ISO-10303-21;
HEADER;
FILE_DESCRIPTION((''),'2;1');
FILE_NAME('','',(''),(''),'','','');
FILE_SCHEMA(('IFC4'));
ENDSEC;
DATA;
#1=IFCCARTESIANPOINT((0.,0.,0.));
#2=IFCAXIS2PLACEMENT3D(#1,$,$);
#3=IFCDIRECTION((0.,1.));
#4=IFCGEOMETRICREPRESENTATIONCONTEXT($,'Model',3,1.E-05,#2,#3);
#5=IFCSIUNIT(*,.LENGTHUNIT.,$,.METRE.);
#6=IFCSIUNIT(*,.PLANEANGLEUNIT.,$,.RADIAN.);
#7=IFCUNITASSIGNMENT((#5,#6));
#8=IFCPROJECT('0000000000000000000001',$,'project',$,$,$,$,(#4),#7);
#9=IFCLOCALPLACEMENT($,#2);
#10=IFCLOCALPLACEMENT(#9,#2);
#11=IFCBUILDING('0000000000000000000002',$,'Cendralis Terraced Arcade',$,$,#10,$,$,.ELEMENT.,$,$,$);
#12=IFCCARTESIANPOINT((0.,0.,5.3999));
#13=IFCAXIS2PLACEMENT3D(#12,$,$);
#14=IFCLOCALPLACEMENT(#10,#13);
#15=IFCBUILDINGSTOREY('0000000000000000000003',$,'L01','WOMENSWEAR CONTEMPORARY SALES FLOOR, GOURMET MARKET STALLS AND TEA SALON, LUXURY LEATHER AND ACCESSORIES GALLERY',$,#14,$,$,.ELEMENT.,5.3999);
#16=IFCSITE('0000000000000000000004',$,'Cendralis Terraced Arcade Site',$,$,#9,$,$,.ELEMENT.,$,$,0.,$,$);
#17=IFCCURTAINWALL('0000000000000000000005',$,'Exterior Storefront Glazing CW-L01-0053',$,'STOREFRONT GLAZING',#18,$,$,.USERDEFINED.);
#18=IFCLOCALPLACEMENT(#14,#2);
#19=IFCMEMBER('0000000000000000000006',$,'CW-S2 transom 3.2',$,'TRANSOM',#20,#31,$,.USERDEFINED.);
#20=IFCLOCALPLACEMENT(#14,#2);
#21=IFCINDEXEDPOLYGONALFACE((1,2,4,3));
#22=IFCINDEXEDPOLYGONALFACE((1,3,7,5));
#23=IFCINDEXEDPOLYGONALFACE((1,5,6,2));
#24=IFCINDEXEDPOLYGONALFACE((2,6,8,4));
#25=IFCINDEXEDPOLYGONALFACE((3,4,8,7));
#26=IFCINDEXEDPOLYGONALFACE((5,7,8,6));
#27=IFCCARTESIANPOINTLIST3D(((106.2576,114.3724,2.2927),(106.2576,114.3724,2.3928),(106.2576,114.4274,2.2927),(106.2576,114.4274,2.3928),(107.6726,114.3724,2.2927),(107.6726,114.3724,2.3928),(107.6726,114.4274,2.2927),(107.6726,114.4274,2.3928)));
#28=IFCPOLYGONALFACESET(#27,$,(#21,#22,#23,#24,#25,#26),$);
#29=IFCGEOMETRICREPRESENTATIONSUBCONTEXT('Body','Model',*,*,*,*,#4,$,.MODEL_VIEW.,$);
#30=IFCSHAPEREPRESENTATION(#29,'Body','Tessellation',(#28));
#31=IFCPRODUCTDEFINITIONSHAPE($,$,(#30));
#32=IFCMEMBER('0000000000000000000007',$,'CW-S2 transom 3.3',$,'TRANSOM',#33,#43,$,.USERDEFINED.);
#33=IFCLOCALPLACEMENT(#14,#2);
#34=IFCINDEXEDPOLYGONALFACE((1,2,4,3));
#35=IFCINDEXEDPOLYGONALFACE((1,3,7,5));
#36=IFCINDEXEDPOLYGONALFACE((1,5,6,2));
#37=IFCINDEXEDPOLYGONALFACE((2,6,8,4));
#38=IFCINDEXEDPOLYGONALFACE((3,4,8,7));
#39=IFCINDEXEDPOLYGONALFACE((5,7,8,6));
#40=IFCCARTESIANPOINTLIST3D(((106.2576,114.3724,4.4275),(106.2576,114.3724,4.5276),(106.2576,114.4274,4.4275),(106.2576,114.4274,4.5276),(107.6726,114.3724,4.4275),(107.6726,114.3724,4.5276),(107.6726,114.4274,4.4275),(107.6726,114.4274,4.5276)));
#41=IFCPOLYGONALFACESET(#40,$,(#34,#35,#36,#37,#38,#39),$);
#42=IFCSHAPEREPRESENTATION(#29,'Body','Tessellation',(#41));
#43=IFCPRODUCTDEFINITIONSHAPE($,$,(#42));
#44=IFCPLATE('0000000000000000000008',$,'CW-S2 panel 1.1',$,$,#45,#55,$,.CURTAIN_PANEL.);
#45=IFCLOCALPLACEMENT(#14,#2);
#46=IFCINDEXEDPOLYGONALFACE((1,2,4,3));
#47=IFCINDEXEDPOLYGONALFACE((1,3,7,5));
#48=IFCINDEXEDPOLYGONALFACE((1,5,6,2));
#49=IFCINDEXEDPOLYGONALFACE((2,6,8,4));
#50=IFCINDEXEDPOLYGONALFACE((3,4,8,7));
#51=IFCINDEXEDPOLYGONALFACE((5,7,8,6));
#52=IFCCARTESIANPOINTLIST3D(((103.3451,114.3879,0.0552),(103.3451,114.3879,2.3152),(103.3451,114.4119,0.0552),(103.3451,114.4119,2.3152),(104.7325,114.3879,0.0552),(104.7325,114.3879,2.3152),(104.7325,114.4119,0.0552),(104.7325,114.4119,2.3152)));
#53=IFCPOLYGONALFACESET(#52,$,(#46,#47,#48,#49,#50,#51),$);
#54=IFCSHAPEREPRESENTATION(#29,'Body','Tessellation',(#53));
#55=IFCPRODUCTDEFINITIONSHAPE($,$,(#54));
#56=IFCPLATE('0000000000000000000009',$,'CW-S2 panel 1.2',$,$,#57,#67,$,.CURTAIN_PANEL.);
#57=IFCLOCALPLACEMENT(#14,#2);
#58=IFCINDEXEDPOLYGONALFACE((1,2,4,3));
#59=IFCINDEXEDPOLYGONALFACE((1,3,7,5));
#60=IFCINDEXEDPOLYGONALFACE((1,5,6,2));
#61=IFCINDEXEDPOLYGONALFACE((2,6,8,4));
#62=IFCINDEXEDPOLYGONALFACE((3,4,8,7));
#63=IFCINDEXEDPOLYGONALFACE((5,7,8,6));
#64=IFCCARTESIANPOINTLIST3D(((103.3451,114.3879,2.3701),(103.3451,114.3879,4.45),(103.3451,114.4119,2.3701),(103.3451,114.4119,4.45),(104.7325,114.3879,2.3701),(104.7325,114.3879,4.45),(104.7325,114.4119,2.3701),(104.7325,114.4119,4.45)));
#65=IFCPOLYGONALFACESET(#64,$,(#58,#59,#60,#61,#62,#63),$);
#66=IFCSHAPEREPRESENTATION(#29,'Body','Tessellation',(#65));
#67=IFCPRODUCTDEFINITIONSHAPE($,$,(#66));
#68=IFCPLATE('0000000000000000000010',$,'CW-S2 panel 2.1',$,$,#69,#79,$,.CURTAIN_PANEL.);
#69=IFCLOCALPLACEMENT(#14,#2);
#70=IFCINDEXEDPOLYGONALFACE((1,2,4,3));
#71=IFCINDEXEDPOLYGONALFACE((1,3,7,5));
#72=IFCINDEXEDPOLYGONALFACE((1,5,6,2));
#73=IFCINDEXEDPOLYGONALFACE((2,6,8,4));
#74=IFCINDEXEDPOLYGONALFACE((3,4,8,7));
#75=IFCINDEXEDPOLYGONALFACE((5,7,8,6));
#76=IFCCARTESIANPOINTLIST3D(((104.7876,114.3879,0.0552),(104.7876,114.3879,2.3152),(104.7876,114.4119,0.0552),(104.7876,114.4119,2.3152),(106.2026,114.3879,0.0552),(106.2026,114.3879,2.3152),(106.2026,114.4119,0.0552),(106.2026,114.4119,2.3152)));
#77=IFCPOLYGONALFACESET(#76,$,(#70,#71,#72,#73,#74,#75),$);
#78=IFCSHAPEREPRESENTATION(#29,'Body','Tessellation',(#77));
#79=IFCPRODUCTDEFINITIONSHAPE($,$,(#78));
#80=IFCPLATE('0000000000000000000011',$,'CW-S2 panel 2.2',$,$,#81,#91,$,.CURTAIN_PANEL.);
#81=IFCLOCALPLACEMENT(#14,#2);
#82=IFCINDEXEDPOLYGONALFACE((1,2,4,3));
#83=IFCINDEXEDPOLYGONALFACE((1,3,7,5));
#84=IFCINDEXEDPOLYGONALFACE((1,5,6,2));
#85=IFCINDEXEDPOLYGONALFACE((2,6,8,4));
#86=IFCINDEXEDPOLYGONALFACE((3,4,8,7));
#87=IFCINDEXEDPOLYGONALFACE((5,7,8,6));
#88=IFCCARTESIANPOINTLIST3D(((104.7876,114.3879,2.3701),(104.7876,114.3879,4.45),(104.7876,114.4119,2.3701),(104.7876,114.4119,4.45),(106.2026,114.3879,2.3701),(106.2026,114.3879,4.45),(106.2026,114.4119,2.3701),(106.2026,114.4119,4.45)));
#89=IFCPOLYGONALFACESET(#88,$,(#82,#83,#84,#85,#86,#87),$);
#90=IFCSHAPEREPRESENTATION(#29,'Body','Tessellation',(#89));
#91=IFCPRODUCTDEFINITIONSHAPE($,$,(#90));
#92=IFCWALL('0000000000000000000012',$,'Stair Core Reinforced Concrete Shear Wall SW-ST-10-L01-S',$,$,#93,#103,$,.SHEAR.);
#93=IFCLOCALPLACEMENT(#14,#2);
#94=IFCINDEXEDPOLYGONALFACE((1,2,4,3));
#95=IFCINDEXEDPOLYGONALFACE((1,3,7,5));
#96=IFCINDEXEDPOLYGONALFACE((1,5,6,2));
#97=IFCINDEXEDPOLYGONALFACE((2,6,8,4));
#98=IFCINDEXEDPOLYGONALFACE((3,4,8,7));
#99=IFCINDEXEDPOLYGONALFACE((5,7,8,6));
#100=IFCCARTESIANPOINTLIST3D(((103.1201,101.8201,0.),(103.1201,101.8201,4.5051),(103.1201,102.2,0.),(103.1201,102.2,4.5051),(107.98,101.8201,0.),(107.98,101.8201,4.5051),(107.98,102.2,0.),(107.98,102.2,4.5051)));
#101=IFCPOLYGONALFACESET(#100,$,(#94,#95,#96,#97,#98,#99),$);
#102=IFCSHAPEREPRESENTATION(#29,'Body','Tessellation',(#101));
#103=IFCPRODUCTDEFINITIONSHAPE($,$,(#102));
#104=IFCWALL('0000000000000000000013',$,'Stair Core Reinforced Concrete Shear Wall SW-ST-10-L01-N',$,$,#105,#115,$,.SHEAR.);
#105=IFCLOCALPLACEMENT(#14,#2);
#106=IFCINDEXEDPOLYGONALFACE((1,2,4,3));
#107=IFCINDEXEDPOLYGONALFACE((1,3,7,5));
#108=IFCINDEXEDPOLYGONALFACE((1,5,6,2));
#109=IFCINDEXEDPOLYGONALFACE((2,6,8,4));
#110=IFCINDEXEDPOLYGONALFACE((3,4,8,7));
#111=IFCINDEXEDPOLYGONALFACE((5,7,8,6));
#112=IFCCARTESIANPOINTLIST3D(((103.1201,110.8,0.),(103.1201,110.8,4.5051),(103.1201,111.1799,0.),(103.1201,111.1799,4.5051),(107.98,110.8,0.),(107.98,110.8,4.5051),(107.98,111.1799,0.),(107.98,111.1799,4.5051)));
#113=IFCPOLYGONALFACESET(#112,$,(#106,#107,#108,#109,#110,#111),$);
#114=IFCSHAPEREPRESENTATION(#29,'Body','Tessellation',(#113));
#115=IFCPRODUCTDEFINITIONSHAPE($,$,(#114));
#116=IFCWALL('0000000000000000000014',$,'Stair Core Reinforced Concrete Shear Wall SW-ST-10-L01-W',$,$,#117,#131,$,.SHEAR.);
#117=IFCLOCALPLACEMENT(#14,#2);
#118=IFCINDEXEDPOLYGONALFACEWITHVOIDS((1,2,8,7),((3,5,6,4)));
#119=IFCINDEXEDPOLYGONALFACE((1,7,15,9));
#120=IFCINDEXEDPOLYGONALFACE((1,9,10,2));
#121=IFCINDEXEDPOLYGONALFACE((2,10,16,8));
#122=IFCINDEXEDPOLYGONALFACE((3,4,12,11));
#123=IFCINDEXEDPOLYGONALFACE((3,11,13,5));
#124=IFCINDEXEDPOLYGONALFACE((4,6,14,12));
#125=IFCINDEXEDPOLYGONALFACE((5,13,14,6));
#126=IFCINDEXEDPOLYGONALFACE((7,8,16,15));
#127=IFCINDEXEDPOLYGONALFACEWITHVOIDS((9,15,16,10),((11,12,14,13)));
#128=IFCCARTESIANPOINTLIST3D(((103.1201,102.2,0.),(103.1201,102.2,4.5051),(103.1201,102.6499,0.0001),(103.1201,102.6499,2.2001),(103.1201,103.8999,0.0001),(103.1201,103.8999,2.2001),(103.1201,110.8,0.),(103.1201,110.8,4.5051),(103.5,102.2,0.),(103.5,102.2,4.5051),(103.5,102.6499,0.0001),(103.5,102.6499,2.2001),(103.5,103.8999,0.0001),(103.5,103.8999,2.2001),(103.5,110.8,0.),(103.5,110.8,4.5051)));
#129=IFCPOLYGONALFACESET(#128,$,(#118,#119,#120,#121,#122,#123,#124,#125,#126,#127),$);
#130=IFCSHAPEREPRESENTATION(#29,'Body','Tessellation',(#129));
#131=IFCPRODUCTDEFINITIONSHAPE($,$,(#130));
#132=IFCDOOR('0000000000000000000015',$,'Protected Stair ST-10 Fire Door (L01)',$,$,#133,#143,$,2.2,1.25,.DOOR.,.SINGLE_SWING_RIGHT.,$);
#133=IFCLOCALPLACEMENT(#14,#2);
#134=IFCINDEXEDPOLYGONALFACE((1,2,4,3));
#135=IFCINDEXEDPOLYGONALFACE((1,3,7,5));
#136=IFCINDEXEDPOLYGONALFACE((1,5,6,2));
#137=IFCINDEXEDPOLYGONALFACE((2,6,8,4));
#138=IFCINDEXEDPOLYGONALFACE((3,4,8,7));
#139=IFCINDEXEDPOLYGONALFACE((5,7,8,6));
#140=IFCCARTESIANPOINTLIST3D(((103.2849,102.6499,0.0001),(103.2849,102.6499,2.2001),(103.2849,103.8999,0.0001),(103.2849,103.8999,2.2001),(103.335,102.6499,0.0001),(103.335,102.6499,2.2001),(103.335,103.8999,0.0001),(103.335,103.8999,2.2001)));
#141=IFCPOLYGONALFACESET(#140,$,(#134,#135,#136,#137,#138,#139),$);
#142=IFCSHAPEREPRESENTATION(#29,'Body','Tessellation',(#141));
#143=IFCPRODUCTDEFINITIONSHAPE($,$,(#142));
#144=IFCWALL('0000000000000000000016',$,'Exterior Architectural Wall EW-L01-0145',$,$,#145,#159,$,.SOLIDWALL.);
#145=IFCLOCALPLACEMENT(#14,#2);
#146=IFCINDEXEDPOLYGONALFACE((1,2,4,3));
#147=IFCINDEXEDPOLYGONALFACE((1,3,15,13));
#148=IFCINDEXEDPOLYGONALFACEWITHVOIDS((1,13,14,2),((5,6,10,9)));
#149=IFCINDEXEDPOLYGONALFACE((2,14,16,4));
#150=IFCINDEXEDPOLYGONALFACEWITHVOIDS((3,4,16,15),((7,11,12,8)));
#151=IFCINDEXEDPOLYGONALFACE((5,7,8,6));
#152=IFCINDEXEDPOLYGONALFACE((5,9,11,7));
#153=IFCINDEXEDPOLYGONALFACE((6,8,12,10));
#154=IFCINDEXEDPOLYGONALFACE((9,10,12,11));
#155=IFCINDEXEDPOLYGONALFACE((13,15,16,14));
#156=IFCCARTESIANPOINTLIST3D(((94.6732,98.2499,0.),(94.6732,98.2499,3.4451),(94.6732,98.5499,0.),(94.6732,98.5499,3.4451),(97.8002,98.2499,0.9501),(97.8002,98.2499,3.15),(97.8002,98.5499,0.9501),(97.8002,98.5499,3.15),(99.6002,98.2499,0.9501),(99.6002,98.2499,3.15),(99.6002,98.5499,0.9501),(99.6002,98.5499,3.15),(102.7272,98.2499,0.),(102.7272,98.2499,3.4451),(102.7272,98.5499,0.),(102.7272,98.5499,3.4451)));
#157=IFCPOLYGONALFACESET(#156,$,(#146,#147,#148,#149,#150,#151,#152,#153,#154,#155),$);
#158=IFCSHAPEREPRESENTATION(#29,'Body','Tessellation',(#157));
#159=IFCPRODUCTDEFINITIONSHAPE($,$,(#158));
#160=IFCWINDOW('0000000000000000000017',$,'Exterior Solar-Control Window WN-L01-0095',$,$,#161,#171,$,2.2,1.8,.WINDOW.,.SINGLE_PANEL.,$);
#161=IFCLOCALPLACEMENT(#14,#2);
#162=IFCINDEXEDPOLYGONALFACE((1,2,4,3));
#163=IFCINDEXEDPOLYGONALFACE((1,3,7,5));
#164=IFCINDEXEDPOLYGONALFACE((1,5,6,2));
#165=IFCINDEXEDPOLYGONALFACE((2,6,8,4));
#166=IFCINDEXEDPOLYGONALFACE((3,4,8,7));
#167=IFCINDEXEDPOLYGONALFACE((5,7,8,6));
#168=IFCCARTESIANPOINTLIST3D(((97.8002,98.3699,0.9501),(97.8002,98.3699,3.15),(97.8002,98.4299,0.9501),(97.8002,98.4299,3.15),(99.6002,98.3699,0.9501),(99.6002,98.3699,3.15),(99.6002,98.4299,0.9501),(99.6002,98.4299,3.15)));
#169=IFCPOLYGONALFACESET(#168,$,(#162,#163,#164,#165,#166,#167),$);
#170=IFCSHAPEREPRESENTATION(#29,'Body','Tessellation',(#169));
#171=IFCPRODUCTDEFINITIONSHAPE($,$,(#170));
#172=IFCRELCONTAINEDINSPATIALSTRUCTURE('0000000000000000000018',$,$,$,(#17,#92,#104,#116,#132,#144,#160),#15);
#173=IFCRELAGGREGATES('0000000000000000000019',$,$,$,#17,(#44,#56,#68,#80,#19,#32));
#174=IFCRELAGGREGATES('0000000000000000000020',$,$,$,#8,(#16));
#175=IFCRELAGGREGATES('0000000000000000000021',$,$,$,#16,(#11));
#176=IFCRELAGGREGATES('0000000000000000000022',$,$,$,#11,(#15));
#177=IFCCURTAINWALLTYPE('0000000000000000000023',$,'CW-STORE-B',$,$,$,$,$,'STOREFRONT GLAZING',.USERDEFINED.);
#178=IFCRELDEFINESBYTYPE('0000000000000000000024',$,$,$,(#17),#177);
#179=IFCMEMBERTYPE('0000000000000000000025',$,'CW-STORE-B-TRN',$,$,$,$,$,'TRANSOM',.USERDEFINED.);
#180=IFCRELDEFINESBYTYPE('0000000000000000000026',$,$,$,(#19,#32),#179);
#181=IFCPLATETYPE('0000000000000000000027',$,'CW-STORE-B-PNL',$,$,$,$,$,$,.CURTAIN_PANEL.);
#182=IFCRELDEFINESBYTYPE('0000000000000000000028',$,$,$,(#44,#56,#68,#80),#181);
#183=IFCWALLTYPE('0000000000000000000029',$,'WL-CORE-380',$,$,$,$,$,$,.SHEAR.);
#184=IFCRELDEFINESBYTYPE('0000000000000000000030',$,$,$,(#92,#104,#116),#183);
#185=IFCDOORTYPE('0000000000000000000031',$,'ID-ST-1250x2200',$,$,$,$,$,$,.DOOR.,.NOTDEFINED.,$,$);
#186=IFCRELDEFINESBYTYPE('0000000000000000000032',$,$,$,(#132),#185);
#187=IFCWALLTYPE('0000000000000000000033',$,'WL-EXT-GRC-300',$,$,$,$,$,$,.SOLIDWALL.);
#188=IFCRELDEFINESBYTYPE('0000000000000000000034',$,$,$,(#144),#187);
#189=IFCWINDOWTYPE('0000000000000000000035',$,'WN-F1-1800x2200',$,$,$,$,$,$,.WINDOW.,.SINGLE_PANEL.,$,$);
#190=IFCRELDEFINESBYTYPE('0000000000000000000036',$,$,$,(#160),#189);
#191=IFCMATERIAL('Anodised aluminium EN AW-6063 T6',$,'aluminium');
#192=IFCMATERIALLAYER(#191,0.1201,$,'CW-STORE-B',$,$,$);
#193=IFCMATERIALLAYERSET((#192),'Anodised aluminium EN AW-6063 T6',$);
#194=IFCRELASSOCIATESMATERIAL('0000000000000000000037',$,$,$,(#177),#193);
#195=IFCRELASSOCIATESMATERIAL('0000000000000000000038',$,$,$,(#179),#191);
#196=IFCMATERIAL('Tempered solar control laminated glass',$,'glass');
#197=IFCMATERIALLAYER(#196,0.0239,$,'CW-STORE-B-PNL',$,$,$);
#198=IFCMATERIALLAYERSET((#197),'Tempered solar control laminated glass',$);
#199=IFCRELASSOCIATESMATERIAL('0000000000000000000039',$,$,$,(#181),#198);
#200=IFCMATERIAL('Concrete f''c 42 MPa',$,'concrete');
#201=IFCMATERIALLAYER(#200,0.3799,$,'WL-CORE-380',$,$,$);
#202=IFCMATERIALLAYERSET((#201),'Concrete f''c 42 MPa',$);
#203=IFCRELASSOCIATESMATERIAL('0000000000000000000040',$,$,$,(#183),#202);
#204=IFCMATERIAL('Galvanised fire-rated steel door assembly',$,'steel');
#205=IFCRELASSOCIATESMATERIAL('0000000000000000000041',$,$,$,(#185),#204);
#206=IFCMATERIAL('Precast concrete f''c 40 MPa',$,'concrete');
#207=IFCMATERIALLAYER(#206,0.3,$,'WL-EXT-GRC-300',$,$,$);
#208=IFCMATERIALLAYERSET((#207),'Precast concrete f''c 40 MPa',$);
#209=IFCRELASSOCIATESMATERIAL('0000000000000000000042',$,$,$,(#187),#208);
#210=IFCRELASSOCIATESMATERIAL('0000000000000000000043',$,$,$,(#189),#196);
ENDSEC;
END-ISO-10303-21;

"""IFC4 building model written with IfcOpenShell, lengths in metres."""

from ifc_helpers import new_model, si_unit, direction, frame, frame_2d, origin, origin_2d, place, context, subcontext, project, spatial, rectangle, extrude, material, layer, layer_set, material_profile, profile_set, type_object, element, fill, aggregate, save


model = new_model("IFC4")

# Units and contexts
model_context = context("Model", 3, precision=1e-05, world=origin(), true_north=direction((0.0, 1.0)))
body_context = subcontext(model_context, "Body", "Model", "MODEL_VIEW")
ifc_project = project(units=[si_unit("LENGTHUNIT", "METRE"), si_unit("PLANEANGLEUNIT", "RADIAN")], contexts=[model_context])

# Site, building, storey
site_placement = place(None, origin())
site = spatial("IfcSite", under=ifc_project, at=site_placement, Name="Cendralis Terraced Arcade Site", CompositionType="ELEMENT", RefElevation=0.0)
building_placement = place(site_placement, origin())
building = spatial("IfcBuilding", under=site, at=building_placement, Name="Cendralis Terraced Arcade", CompositionType="ELEMENT")
storey_placement = place(building_placement, frame((0.0, 0.0, 5.3999)))
storey = spatial("IfcBuildingStorey", under=building, at=storey_placement, Name="L01", Description="WOMENSWEAR CONTEMPORARY SALES FLOOR, GOURMET MARKET STALLS AND TEA SALON, LUXURY LEATHER AND ACCESSORIES GALLERY", CompositionType="ELEMENT", Elevation=5.3999)

# Shared definitions
ifc_material_1 = material(Name="Concrete f'c 42 MPa", Category="concrete")

# Curtain wall, members, plates
ifc_material_2 = material(Name="Anodised aluminium EN AW-6063 T6", Category="aluminium")
ifc_layer_1 = layer(ifc_material_2, 0.1201, Name="CW-STORE-B")
ifc_layer_set_1 = layer_set([ifc_layer_1], Name="Anodised aluminium EN AW-6063 T6")
curtain_wall_type = type_object("IfcCurtainWallType", Name="CW-STORE-B", ElementType="STOREFRONT GLAZING", PredefinedType="USERDEFINED", material=ifc_layer_set_1)
curtain_wall_placement = place(storey_placement, origin())
curtain_wall = element("IfcCurtainWall", 1, at=curtain_wall_placement, inside=storey, type_object=curtain_wall_type, Name="Exterior Storefront Glazing CW-L01-0053", ObjectType="STOREFRONT GLAZING", PredefinedType="USERDEFINED")
ifc_material_profile_1 = material_profile(ifc_material_2, rectangle(XDim=0.0549, YDim=0.1001, at=origin_2d()), Name="ALU-TRN-55x100")
ifc_profile_set_1 = profile_set([ifc_material_profile_1], Name="Anodised aluminium EN AW-6063 T6")
member_type_1 = type_object("IfcMemberType", Name="CW-STORE-B-TRN", ElementType="TRANSOM", PredefinedType="USERDEFINED", material=ifc_profile_set_1)
member_1_placement = place(storey_placement, frame((106.2576, 114.3999, 2.3428), z_axis=(1.0, 0.0, 0.0), x_axis=(0.0, 1.0, 0.0)))
member_1 = element("IfcMember", 2, at=member_1_placement, type_object=member_type_1, Name="CW-S2 transom 3.2", ObjectType="TRANSOM", PredefinedType="USERDEFINED", context=body_context, shape_type="SweptSolid", body=[
    extrude(rectangle(XDim=0.0549, YDim=0.1001, at=origin_2d()), origin(), (0.0, 0.0, 1.0), 1.415),
])
member_2_placement = place(storey_placement, frame((106.2576, 114.3999, 4.4775), z_axis=(1.0, 0.0, 0.0), x_axis=(0.0, 1.0, 0.0)))
member_2 = element("IfcMember", 3, at=member_2_placement, type_object=member_type_1, Name="CW-S2 transom 3.3", ObjectType="TRANSOM", PredefinedType="USERDEFINED", context=body_context, shape_type="SweptSolid", body=[
    extrude(rectangle(XDim=0.0549, YDim=0.1001, at=origin_2d()), origin(), (0.0, 0.0, 1.0), 1.415),
])
ifc_material_3 = material(Name="Tempered solar control laminated glass", Category="glass")
ifc_layer_2 = layer(ifc_material_3, 0.0239, Name="CW-STORE-B-PNL")
ifc_layer_set_2 = layer_set([ifc_layer_2], Name="Tempered solar control laminated glass")
plate_type = type_object("IfcPlateType", Name="CW-STORE-B-PNL", PredefinedType="CURTAIN_PANEL", material=ifc_layer_set_2)
plate_1_placement = place(storey_placement, frame((104.0388, 114.3999, 0.0552), z_axis=(0.0, 0.0, 1.0), x_axis=(1.0, 0.0, 0.0)))
plate_1 = element("IfcPlate", 4, at=plate_1_placement, type_object=plate_type, Name="CW-S2 panel 1.1", PredefinedType="CURTAIN_PANEL", context=body_context, shape_type="SweptSolid", body=[
    extrude(rectangle(XDim=1.3875, YDim=0.0239, at=origin_2d()), origin(), (0.0, 0.0, 1.0), 2.26),
])
plate_2_placement = place(storey_placement, frame((104.0388, 114.3999, 2.3701), z_axis=(0.0, 0.0, 1.0), x_axis=(1.0, 0.0, 0.0)))
plate_2 = element("IfcPlate", 5, at=plate_2_placement, type_object=plate_type, Name="CW-S2 panel 1.2", PredefinedType="CURTAIN_PANEL", context=body_context, shape_type="SweptSolid", body=[
    extrude(rectangle(XDim=1.3875, YDim=0.0239, at=origin_2d()), origin(), (0.0, 0.0, 1.0), 2.0798),
])
plate_3_placement = place(storey_placement, frame((105.4951, 114.3999, 0.0552), z_axis=(0.0, 0.0, 1.0), x_axis=(1.0, 0.0, 0.0)))
plate_3 = element("IfcPlate", 6, at=plate_3_placement, type_object=plate_type, Name="CW-S2 panel 2.1", PredefinedType="CURTAIN_PANEL", context=body_context, shape_type="SweptSolid", body=[
    extrude(rectangle(XDim=1.415, YDim=0.0239, at=origin_2d()), origin(), (0.0, 0.0, 1.0), 2.26),
])
plate_4_placement = place(storey_placement, frame((105.4951, 114.3999, 2.3701), z_axis=(0.0, 0.0, 1.0), x_axis=(1.0, 0.0, 0.0)))
plate_4 = element("IfcPlate", 7, at=plate_4_placement, type_object=plate_type, Name="CW-S2 panel 2.2", PredefinedType="CURTAIN_PANEL", context=body_context, shape_type="SweptSolid", body=[
    extrude(rectangle(XDim=1.415, YDim=0.0239, at=origin_2d()), origin(), (0.0, 0.0, 1.0), 2.0798),
])
aggregate(curtain_wall, [plate_1, plate_2, plate_3, plate_4, member_1, member_2])

# Walls
ifc_layer_3 = layer(ifc_material_1, 0.3799, Name="WL-CORE-380")
ifc_layer_set_3 = layer_set([ifc_layer_3], Name="Concrete f'c 42 MPa")
wall_type_1 = type_object("IfcWallType", Name="WL-CORE-380", PredefinedType="SHEAR", material=ifc_layer_set_3)
for number, where, z_axis, x_axis, name in (
    (8, (103.1201, 102.01, 0.0), (0.0, 0.0, 1.0), (1.0, 0.0, 0.0), "Stair Core Reinforced Concrete Shear Wall SW-ST-10-L01-S"),
    (9, (103.1201, 110.99, 0.0), (0.0, 0.0, 1.0), (1.0, 0.0, 0.0), "Stair Core Reinforced Concrete Shear Wall SW-ST-10-L01-N"),
):
    element("IfcWall", number, at=place(storey_placement, frame(where, z_axis=z_axis, x_axis=x_axis)), inside=storey, type_object=wall_type_1, Name=name, PredefinedType="SHEAR", context=body_context, shape_type="SweptSolid", body=[
        extrude(rectangle(XDim=4.8599, YDim=0.3799, at=frame_2d((2.4299, 0.0))), origin(), (0.0, 0.0, 1.0), 4.5051),
    ])

# Wall, opening, door
wall_1_placement = place(storey_placement, frame((103.3101, 102.2, 0.0), z_axis=(0.0, 0.0, 1.0), x_axis=(0.0, 1.0, 0.0)))
wall_1 = element("IfcWall", 10, at=wall_1_placement, inside=storey, type_object=wall_type_1, Name="Stair Core Reinforced Concrete Shear Wall SW-ST-10-L01-W", PredefinedType="SHEAR", context=body_context, shape_type="SweptSolid", body=[
    extrude(rectangle(XDim=8.6001, YDim=0.3799, at=frame_2d((4.3, 0.0))), origin(), (0.0, 0.0, 1.0), 4.5051),
])
opening_1_placement = place(wall_1_placement, frame((0.45, 0.0, 0.0)))
opening_1 = element("IfcOpeningElement", 11, at=opening_1_placement, cuts=wall_1, PredefinedType="OPENING", context=body_context, shape_type="SweptSolid", body=[
    extrude(rectangle(XDim=1.25, YDim=2.2, at=frame_2d((0.625, 1.1001))), frame((0.0, 0.2019, 0.0), z_axis=(0.0, -1.0, 0.0), x_axis=(1.0, 0.0, 0.0)), (0.0, 0.0, 1.0), 0.4038),
])
ifc_material_4 = material(Name="Galvanised fire-rated steel door assembly", Category="steel")
door_type_1 = type_object("IfcDoorType", Name="ID-ST-1250x2200", OperationType="NOTDEFINED", PredefinedType="DOOR", material=ifc_material_4)
door_1_placement = place(opening_1_placement, frame((1.25, 0.0, 0.0), z_axis=(0.0, 0.0, 1.0), x_axis=(-1.0, 0.0, 0.0)))
door_1 = element("IfcDoor", 12, at=door_1_placement, inside=storey, type_object=door_type_1, Name="Protected Stair ST-10 Fire Door (L01)", OperationType="SINGLE_SWING_RIGHT", OverallHeight=2.2, OverallWidth=1.25, PredefinedType="DOOR", context=body_context, shape_type="SweptSolid", body=[
    extrude(rectangle(XDim=1.25, YDim=2.2, at=frame_2d((0.625, 1.1001))), frame((0.0, 0.0249, 0.0), z_axis=(0.0, -1.0, 0.0), x_axis=(1.0, 0.0, 0.0)), (0.0, 0.0, 1.0), 0.05),
])
fill(opening_1, door_1)

# Wall, opening, window
ifc_material_5 = material(Name="Precast concrete f'c 40 MPa", Category="concrete")
ifc_layer_4 = layer(ifc_material_5, 0.3, Name="WL-EXT-GRC-300")
ifc_layer_set_4 = layer_set([ifc_layer_4], Name="Precast concrete f'c 40 MPa")
wall_type_2 = type_object("IfcWallType", Name="WL-EXT-GRC-300", PredefinedType="SOLIDWALL", material=ifc_layer_set_4)
wall_2_placement = place(storey_placement, frame((102.7271, 98.3999, 0.0), z_axis=(0.0, 0.0, 1.0), x_axis=(-1.0, 0.0, 0.0)))
wall_2 = element("IfcWall", 13, at=wall_2_placement, inside=storey, type_object=wall_type_2, Name="Exterior Architectural Wall EW-L01-0145", PredefinedType="SOLIDWALL", context=body_context, shape_type="SweptSolid", body=[
    extrude(rectangle(XDim=8.054, YDim=0.3, at=frame_2d((4.0269, 0.0))), origin(), (0.0, 0.0, 1.0), 3.4451),
])
opening_2_placement = place(wall_2_placement, frame((3.127, 0.0, 0.95)))
opening_2 = element("IfcOpeningElement", 14, at=opening_2_placement, cuts=wall_2, PredefinedType="OPENING", context=body_context, shape_type="SweptSolid", body=[
    extrude(rectangle(XDim=1.8, YDim=2.2, at=frame_2d((0.8999, 1.1001))), frame((0.0, 0.1621, 0.0), z_axis=(0.0, -1.0, 0.0), x_axis=(1.0, 0.0, 0.0)), (0.0, 0.0, 1.0), 0.324),
])
window_type = type_object("IfcWindowType", Name="WN-F1-1800x2200", PartitioningType="SINGLE_PANEL", PredefinedType="WINDOW", material=ifc_material_3)
window_placement = place(opening_2_placement, origin())
window = element("IfcWindow", 15, at=window_placement, inside=storey, type_object=window_type, Name="Exterior Solar-Control Window WN-L01-0095", OverallHeight=2.2, OverallWidth=1.8, PartitioningType="SINGLE_PANEL", PredefinedType="WINDOW", context=body_context, shape_type="SweptSolid", body=[
    extrude(rectangle(XDim=1.8, YDim=2.2, at=frame_2d((0.8999, 1.1001))), frame((0.0, 0.03, 0.0), z_axis=(0.0, -1.0, 0.0), x_axis=(1.0, 0.0, 0.0)), (0.0, 0.0, 1.0), 0.0601),
])
fill(opening_2, window)

save(model, "model.ifc")
